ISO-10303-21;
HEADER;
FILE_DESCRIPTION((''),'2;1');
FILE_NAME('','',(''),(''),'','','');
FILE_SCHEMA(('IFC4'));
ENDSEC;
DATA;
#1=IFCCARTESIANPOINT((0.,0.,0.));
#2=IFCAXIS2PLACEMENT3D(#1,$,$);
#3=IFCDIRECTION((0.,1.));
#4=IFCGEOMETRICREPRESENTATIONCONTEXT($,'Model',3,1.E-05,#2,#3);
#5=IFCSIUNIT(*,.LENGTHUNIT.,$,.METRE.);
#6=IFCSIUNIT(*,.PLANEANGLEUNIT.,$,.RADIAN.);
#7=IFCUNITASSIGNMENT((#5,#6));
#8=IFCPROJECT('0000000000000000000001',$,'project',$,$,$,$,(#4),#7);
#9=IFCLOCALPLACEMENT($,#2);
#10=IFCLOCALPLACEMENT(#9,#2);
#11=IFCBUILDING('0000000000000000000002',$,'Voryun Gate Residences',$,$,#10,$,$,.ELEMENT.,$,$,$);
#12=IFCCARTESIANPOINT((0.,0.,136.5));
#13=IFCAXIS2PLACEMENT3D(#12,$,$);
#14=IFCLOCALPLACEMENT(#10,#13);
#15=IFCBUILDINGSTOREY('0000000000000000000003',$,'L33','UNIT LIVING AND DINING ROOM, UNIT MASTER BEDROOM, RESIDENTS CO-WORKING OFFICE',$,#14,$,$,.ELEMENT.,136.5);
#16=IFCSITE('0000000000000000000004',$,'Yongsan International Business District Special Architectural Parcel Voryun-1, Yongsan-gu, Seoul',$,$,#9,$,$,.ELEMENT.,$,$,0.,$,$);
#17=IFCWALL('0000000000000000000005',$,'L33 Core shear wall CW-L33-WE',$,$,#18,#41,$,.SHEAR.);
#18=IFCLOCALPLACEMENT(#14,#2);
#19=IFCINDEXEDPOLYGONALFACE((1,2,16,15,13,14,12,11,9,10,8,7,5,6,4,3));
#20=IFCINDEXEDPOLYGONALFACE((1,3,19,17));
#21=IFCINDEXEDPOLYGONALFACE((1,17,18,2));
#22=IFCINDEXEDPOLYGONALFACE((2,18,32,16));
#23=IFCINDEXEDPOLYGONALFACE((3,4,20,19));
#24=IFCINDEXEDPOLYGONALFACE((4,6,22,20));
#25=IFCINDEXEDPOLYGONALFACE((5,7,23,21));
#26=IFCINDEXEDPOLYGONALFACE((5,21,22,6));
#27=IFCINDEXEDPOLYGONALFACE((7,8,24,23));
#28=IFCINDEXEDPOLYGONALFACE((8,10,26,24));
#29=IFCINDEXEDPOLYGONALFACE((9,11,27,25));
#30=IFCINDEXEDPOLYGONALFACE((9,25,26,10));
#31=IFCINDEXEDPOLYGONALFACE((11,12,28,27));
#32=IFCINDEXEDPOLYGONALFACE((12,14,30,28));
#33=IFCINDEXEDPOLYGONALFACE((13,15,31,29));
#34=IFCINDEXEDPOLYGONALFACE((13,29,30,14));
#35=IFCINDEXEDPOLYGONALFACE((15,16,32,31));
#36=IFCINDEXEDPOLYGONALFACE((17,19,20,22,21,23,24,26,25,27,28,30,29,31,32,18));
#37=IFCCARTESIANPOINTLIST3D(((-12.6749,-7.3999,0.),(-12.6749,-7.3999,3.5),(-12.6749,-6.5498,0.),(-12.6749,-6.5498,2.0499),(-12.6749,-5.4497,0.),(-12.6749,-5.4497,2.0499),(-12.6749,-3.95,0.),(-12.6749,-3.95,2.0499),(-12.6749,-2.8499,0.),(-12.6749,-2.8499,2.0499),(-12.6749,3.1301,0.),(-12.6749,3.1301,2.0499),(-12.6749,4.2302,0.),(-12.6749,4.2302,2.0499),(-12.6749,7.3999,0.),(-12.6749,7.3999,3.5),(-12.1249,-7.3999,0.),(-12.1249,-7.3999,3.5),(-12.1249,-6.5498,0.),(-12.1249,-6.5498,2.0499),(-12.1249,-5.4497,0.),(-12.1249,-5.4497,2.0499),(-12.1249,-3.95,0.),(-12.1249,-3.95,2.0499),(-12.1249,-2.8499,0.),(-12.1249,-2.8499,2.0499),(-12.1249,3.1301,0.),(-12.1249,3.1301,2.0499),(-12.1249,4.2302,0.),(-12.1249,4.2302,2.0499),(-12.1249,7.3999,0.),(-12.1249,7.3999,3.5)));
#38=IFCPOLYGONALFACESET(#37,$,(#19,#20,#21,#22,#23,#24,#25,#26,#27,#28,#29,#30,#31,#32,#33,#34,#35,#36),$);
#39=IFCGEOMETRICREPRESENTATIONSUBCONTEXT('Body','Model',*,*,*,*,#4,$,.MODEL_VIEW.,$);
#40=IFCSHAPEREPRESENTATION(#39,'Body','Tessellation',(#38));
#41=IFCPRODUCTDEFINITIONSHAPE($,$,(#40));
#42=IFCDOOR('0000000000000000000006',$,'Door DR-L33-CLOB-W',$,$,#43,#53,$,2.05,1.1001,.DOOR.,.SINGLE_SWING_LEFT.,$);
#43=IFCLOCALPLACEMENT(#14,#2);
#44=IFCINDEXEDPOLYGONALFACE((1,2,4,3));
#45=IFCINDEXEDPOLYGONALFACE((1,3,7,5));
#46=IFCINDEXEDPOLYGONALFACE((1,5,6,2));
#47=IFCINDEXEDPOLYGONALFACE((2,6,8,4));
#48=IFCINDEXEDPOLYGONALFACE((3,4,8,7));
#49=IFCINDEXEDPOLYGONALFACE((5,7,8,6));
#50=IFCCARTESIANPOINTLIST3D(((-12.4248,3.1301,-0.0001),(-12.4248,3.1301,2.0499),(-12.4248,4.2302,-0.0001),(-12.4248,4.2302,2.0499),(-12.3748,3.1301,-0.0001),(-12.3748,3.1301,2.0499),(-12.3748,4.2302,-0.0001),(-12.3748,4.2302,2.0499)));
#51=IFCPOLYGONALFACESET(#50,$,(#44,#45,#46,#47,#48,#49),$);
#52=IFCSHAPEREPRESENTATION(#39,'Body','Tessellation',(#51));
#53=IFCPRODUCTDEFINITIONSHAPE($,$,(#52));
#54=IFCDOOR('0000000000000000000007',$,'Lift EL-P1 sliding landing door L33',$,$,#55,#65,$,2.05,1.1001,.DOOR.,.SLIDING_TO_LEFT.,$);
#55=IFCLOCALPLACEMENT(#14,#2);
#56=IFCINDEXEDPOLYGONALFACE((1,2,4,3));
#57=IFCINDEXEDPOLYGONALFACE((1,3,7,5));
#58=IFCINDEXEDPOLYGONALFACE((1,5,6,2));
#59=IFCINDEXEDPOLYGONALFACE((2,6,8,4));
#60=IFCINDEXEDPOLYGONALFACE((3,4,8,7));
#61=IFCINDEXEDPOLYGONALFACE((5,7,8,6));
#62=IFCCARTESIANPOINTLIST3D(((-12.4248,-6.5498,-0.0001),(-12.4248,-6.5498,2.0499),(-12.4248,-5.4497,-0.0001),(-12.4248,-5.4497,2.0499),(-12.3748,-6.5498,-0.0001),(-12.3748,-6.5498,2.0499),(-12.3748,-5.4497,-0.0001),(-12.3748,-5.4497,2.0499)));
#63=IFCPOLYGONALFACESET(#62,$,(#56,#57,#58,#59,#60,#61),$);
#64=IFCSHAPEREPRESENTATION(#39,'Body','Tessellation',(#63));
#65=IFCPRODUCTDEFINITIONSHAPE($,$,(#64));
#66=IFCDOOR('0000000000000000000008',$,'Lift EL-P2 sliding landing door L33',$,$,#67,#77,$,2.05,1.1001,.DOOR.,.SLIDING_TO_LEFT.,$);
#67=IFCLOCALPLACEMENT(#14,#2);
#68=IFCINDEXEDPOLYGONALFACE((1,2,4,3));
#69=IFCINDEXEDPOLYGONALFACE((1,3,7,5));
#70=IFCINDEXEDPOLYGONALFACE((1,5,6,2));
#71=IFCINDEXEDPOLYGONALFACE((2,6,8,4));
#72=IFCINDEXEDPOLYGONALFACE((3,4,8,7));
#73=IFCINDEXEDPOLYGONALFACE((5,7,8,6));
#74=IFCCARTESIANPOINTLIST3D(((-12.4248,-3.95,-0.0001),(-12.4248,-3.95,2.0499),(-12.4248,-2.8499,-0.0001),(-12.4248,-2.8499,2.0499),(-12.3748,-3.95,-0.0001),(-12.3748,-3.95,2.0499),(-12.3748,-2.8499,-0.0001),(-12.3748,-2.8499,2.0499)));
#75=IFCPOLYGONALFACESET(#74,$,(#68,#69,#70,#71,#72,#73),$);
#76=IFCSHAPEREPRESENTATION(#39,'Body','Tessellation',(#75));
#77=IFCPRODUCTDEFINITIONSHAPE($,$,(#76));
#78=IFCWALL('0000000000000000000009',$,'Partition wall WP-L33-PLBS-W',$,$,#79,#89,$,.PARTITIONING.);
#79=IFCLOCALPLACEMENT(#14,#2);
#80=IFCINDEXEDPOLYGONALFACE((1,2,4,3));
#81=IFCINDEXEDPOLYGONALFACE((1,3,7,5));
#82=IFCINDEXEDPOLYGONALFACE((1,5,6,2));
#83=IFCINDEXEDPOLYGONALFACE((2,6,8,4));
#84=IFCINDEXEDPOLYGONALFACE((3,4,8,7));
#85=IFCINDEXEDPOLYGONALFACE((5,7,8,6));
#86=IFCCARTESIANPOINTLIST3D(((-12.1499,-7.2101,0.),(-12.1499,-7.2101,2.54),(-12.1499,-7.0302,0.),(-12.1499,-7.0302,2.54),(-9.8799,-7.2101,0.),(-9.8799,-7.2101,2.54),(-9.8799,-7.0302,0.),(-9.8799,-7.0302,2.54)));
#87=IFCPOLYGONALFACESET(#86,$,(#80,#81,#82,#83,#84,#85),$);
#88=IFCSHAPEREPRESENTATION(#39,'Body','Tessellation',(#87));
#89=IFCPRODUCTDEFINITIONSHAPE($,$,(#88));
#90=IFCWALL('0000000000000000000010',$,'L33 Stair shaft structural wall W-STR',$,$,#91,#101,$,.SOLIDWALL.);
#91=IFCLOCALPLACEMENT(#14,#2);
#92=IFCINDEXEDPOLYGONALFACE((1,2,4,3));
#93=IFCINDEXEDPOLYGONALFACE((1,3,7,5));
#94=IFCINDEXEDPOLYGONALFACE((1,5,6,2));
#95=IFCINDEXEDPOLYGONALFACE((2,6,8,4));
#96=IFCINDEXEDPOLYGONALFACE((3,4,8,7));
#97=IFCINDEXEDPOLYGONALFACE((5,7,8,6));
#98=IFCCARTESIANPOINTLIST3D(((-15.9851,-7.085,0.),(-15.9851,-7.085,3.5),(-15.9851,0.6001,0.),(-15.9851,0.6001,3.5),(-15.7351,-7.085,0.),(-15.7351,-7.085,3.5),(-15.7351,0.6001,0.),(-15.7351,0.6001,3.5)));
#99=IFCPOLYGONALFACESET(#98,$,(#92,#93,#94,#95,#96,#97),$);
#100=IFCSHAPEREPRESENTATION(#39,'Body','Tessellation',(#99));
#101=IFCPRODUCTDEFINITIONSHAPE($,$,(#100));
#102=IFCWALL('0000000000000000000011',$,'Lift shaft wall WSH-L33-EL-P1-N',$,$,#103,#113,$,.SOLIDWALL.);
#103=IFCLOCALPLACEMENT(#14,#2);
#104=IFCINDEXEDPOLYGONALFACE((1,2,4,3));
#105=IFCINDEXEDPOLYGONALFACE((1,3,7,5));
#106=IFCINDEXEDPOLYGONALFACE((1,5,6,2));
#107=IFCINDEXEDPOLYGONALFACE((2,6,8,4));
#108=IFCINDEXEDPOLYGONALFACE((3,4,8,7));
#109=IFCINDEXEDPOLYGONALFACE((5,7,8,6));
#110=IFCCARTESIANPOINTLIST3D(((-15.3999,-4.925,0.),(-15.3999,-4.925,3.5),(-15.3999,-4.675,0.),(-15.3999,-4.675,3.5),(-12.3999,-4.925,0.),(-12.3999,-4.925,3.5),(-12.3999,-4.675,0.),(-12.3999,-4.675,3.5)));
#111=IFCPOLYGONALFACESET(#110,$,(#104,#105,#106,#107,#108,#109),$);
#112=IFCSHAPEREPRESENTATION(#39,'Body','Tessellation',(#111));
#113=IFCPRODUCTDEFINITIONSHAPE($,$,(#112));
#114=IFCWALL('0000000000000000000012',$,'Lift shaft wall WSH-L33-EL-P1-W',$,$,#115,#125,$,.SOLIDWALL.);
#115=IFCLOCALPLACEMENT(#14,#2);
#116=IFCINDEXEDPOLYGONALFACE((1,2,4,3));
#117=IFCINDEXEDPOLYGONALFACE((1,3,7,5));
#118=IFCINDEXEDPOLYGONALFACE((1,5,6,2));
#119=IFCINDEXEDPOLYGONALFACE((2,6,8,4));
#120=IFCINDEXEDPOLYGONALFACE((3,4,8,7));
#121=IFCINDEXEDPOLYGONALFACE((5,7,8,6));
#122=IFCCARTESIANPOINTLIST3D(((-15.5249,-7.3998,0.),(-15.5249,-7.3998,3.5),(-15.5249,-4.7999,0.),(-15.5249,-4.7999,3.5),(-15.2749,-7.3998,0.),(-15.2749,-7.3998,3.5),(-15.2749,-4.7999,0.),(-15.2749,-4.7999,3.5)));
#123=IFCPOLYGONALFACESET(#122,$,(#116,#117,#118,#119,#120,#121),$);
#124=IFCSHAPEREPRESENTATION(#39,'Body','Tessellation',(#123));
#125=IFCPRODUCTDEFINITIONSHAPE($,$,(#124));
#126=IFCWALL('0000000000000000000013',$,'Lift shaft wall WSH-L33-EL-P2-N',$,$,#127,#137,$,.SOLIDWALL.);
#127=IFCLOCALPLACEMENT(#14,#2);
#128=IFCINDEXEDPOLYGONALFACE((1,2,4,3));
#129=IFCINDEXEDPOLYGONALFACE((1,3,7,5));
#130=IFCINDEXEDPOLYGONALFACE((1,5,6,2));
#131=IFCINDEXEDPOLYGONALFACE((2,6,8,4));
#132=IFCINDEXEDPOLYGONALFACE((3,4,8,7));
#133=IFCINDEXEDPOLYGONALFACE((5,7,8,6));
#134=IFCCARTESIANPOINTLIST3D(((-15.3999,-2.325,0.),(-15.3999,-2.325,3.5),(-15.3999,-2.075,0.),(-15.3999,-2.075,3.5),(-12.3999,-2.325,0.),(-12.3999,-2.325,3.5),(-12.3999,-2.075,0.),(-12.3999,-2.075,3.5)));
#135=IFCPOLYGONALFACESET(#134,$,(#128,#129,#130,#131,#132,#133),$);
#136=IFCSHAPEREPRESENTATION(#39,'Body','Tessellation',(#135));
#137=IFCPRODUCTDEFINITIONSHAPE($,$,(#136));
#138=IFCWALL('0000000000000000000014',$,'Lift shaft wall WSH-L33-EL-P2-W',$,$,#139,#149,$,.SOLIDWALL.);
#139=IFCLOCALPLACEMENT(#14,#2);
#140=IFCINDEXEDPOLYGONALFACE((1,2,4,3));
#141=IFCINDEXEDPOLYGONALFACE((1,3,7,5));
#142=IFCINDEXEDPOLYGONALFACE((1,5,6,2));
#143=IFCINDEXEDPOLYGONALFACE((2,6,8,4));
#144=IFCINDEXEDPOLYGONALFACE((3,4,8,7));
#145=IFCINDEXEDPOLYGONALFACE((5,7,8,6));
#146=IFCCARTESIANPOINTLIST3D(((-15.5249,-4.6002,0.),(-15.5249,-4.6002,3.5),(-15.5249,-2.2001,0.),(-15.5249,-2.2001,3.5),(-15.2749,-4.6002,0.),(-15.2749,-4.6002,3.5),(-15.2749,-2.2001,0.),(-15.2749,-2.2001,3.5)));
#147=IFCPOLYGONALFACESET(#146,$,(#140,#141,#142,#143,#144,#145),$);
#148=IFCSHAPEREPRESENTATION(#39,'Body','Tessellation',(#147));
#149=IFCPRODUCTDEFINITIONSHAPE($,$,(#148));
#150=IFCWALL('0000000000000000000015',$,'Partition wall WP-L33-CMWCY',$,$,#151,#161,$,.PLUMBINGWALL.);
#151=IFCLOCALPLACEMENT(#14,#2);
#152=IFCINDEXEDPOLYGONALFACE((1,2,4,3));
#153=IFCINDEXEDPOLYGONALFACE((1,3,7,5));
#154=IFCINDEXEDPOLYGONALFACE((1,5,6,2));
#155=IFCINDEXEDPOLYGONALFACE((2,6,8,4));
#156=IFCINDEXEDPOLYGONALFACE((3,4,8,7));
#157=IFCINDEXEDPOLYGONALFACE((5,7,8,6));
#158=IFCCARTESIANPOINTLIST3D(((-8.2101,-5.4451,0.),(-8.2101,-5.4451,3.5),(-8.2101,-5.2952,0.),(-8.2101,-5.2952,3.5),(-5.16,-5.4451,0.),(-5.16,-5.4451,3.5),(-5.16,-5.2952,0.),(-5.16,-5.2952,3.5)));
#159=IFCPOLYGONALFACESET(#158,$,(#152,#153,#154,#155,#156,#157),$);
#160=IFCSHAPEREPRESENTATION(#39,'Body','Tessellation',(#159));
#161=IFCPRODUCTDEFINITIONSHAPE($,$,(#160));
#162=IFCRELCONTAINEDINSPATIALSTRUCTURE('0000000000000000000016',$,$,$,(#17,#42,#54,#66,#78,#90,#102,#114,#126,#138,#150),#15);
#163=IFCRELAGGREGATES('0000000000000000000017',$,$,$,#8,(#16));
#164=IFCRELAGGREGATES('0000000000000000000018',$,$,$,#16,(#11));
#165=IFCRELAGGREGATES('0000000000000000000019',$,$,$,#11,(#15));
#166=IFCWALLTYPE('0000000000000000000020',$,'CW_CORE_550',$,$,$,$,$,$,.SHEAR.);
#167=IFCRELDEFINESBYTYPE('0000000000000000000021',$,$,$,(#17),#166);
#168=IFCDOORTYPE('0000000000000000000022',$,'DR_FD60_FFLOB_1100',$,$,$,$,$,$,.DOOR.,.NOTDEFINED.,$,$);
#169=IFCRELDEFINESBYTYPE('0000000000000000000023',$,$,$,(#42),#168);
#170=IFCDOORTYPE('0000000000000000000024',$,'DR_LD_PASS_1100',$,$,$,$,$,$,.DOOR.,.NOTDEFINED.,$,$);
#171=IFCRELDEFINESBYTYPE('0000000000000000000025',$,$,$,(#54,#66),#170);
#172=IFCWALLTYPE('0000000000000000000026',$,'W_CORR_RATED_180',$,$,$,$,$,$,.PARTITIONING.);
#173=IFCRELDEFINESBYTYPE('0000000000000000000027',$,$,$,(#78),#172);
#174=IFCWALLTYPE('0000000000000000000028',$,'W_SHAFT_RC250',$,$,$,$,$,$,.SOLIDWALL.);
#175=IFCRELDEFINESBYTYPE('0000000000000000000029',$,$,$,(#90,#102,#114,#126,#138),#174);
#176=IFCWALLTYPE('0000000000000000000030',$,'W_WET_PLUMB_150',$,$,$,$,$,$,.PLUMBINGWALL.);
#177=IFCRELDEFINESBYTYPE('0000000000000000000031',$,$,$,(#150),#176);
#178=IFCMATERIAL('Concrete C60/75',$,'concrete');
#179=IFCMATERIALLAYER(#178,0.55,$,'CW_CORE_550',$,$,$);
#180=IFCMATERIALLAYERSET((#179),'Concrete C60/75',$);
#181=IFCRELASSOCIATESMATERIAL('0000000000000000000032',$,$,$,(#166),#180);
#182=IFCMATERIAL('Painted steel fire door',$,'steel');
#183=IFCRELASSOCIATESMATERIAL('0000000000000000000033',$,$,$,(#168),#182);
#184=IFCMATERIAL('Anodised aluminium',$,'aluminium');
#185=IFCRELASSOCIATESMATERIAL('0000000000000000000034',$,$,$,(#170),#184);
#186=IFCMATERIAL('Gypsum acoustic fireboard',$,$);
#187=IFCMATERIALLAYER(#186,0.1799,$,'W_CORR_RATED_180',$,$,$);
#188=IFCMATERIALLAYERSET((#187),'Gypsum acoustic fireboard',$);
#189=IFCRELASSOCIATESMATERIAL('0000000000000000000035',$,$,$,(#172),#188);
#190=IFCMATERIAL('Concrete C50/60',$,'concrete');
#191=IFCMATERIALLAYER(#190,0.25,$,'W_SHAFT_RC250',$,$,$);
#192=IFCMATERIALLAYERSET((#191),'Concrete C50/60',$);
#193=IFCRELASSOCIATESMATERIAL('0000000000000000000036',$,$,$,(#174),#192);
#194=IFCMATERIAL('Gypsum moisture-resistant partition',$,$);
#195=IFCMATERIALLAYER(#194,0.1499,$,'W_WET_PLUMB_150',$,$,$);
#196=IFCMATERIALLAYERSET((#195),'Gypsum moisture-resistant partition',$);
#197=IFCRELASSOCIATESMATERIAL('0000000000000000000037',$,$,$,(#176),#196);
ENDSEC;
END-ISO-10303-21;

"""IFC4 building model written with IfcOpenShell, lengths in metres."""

from ifc_helpers import new_model, si_unit, direction, frame, frame_2d, origin, place, context, subcontext, project, spatial, rectangle, extrude, material, layer, layer_set, type_object, element, fill, save


model = new_model("IFC4")

# Units and contexts
model_context = context("Model", 3, precision=1e-05, world=origin(), true_north=direction((0.0, 1.0)))
body_context = subcontext(model_context, "Body", "Model", "MODEL_VIEW")
ifc_project = project(units=[si_unit("LENGTHUNIT", "METRE"), si_unit("PLANEANGLEUNIT", "RADIAN")], contexts=[model_context])

# Site, building, storey
site_placement = place(None, origin())
site = spatial("IfcSite", under=ifc_project, at=site_placement, Name="Yongsan International Business District Special Architectural Parcel Voryun-1, Yongsan-gu, Seoul", CompositionType="ELEMENT", RefElevation=0.0)
building_placement = place(site_placement, origin())
building = spatial("IfcBuilding", under=site, at=building_placement, Name="Voryun Gate Residences", CompositionType="ELEMENT")
storey_placement = place(building_placement, frame((0.0, 0.0, 136.5)))
storey = spatial("IfcBuildingStorey", under=building, at=storey_placement, Name="L33", Description="UNIT LIVING AND DINING ROOM, UNIT MASTER BEDROOM, RESIDENTS CO-WORKING OFFICE", CompositionType="ELEMENT", Elevation=136.5)

# Wall, openings, doors
ifc_material_1 = material(Name="Concrete C60/75", Category="concrete")
ifc_layer_1 = layer(ifc_material_1, 0.55, Name="CW_CORE_550")
ifc_layer_set_1 = layer_set([ifc_layer_1], Name="Concrete C60/75")
wall_type_1 = type_object("IfcWallType", Name="CW_CORE_550", PredefinedType="SHEAR", material=ifc_layer_set_1)
wall_1_placement = place(storey_placement, frame((-12.3999, -7.3999, 0.0), z_axis=(0.0, 0.0, 1.0), x_axis=(0.0, 1.0, 0.0)))
wall_1 = element("IfcWall", 1, at=wall_1_placement, inside=storey, type_object=wall_type_1, Name="L33 Core shear wall CW-L33-WE", PredefinedType="SHEAR", context=body_context, shape_type="SweptSolid", body=[
    extrude(rectangle(XDim=14.7998, YDim=0.55, at=frame_2d((7.3999, 0.0))), origin(), (0.0, 0.0, 1.0), 3.5),
])
opening_1_placement = place(wall_1_placement, frame((0.8501, 0.0, 0.0)))
opening_1 = element("IfcOpeningElement", 2, at=opening_1_placement, cuts=wall_1, PredefinedType="OPENING", context=body_context, shape_type="SweptSolid", body=[
    extrude(rectangle(XDim=1.1001, YDim=2.05, at=frame_2d((0.55, 1.0249))), frame((0.0, 0.2849, 0.0), z_axis=(0.0, -1.0, 0.0), x_axis=(1.0, 0.0, 0.0)), (0.0, 0.0, 1.0), 0.5701),
])
opening_2_placement = place(wall_1_placement, frame((3.45, 0.0, 0.0)))
opening_2 = element("IfcOpeningElement", 3, at=opening_2_placement, cuts=wall_1, PredefinedType="OPENING", context=body_context, shape_type="SweptSolid", body=[
    extrude(rectangle(XDim=1.1001, YDim=2.05, at=frame_2d((0.55, 1.0249))), frame((0.0, 0.2849, 0.0), z_axis=(0.0, -1.0, 0.0), x_axis=(1.0, 0.0, 0.0)), (0.0, 0.0, 1.0), 0.5701),
])
opening_3_placement = place(wall_1_placement, frame((10.53, 0.0, 0.0)))
opening_3 = element("IfcOpeningElement", 4, at=opening_3_placement, cuts=wall_1, PredefinedType="OPENING", context=body_context, shape_type="SweptSolid", body=[
    extrude(rectangle(XDim=1.1001, YDim=2.05, at=frame_2d((0.55, 1.0249))), frame((0.0, 0.2849, 0.0), z_axis=(0.0, -1.0, 0.0), x_axis=(1.0, 0.0, 0.0)), (0.0, 0.0, 1.0), 0.5701),
])
ifc_material_2 = material(Name="Painted steel fire door", Category="steel")
door_type_1 = type_object("IfcDoorType", Name="DR_FD60_FFLOB_1100", OperationType="NOTDEFINED", PredefinedType="DOOR", material=ifc_material_2)
door_1_placement = place(opening_3_placement, origin())
door_1 = element("IfcDoor", 5, at=door_1_placement, inside=storey, type_object=door_type_1, Name="Door DR-L33-CLOB-W", OperationType="SINGLE_SWING_LEFT", OverallHeight=2.05, OverallWidth=1.1001, PredefinedType="DOOR", context=body_context, shape_type="SweptSolid", body=[
    extrude(rectangle(XDim=1.1001, YDim=2.05, at=frame_2d((0.55, 1.0249))), frame((0.0, 0.0249, 0.0), z_axis=(0.0, -1.0, 0.0), x_axis=(1.0, 0.0, 0.0)), (0.0, 0.0, 1.0), 0.05),
])
fill(opening_3, door_1)
ifc_material_3 = material(Name="Anodised aluminium", Category="aluminium")
door_type_2 = type_object("IfcDoorType", Name="DR_LD_PASS_1100", OperationType="NOTDEFINED", PredefinedType="DOOR", material=ifc_material_3)
door_2_placement = place(opening_1_placement, origin())
door_2 = element("IfcDoor", 6, at=door_2_placement, inside=storey, type_object=door_type_2, Name="Lift EL-P1 sliding landing door L33", OperationType="SLIDING_TO_LEFT", OverallHeight=2.05, OverallWidth=1.1001, PredefinedType="DOOR", context=body_context, shape_type="SweptSolid", body=[
    extrude(rectangle(XDim=1.1001, YDim=2.05, at=frame_2d((0.55, 1.0249))), frame((0.0, 0.0249, 0.0), z_axis=(0.0, -1.0, 0.0), x_axis=(1.0, 0.0, 0.0)), (0.0, 0.0, 1.0), 0.05),
])
fill(opening_1, door_2)
door_3_placement = place(opening_2_placement, origin())
door_3 = element("IfcDoor", 7, at=door_3_placement, inside=storey, type_object=door_type_2, Name="Lift EL-P2 sliding landing door L33", OperationType="SLIDING_TO_LEFT", OverallHeight=2.05, OverallWidth=1.1001, PredefinedType="DOOR", context=body_context, shape_type="SweptSolid", body=[
    extrude(rectangle(XDim=1.1001, YDim=2.05, at=frame_2d((0.55, 1.0249))), frame((0.0, 0.0249, 0.0), z_axis=(0.0, -1.0, 0.0), x_axis=(1.0, 0.0, 0.0)), (0.0, 0.0, 1.0), 0.05),
])
fill(opening_2, door_3)

# Walls
ifc_material_4 = material(Name="Gypsum acoustic fireboard")
ifc_layer_2 = layer(ifc_material_4, 0.1799, Name="W_CORR_RATED_180")
ifc_layer_set_2 = layer_set([ifc_layer_2], Name="Gypsum acoustic fireboard")
wall_type_2 = type_object("IfcWallType", Name="W_CORR_RATED_180", PredefinedType="PARTITIONING", material=ifc_layer_set_2)
wall_2_placement = place(storey_placement, frame((-12.1499, -7.1201, 0.0), z_axis=(0.0, 0.0, 1.0), x_axis=(1.0, 0.0, 0.0)))
element("IfcWall", 8, at=wall_2_placement, inside=storey, type_object=wall_type_2, Name="Partition wall WP-L33-PLBS-W", PredefinedType="PARTITIONING", context=body_context, shape_type="SweptSolid", body=[
    extrude(rectangle(XDim=2.27, YDim=0.1799, at=frame_2d((1.135, 0.0))), origin(), (0.0, 0.0, 1.0), 2.54),
])
ifc_material_5 = material(Name="Concrete C50/60", Category="concrete")
ifc_layer_3 = layer(ifc_material_5, 0.25, Name="W_SHAFT_RC250")
ifc_layer_set_3 = layer_set([ifc_layer_3], Name="Concrete C50/60")
wall_type_3 = type_object("IfcWallType", Name="W_SHAFT_RC250", PredefinedType="SOLIDWALL", material=ifc_layer_set_3)
wall_3_placement = place(storey_placement, frame((-15.8601, -7.085, 0.0), z_axis=(0.0, 0.0, 1.0), x_axis=(0.0, 1.0, 0.0)))
element("IfcWall", 9, at=wall_3_placement, inside=storey, type_object=wall_type_3, Name="L33 Stair shaft structural wall W-STR", PredefinedType="SOLIDWALL", context=body_context, shape_type="SweptSolid", body=[
    extrude(rectangle(XDim=7.6851, YDim=0.25, at=frame_2d((3.8425, 0.0))), origin(), (0.0, 0.0, 1.0), 3.5),
])
wall_4_placement = place(storey_placement, frame((-12.3999, -4.8, 0.0), z_axis=(0.0, 0.0, 1.0), x_axis=(-1.0, 0.0, 0.0)))
element("IfcWall", 10, at=wall_4_placement, inside=storey, type_object=wall_type_3, Name="Lift shaft wall WSH-L33-EL-P1-N", PredefinedType="SOLIDWALL", context=body_context, shape_type="SweptSolid", body=[
    extrude(rectangle(XDim=3.0, YDim=0.25, at=frame_2d((1.5, 0.0))), origin(), (0.0, 0.0, 1.0), 3.5),
])
wall_5_placement = place(storey_placement, frame((-15.3999, -4.8, 0.0), z_axis=(0.0, 0.0, 1.0), x_axis=(0.0, -1.0, 0.0)))
element("IfcWall", 11, at=wall_5_placement, inside=storey, type_object=wall_type_3, Name="Lift shaft wall WSH-L33-EL-P1-W", PredefinedType="SOLIDWALL", context=body_context, shape_type="SweptSolid", body=[
    extrude(rectangle(XDim=2.5999, YDim=0.25, at=frame_2d((1.2998, 0.0))), origin(), (0.0, 0.0, 1.0), 3.5),
])
wall_6_placement = place(storey_placement, frame((-12.3999, -2.2, 0.0), z_axis=(0.0, 0.0, 1.0), x_axis=(-1.0, 0.0, 0.0)))
element("IfcWall", 12, at=wall_6_placement, inside=storey, type_object=wall_type_3, Name="Lift shaft wall WSH-L33-EL-P2-N", PredefinedType="SOLIDWALL", context=body_context, shape_type="SweptSolid", body=[
    extrude(rectangle(XDim=3.0, YDim=0.25, at=frame_2d((1.5, 0.0))), origin(), (0.0, 0.0, 1.0), 3.5),
])
wall_7_placement = place(storey_placement, frame((-15.3999, -2.2, 0.0), z_axis=(0.0, 0.0, 1.0), x_axis=(0.0, -1.0, 0.0)))
element("IfcWall", 13, at=wall_7_placement, inside=storey, type_object=wall_type_3, Name="Lift shaft wall WSH-L33-EL-P2-W", PredefinedType="SOLIDWALL", context=body_context, shape_type="SweptSolid", body=[
    extrude(rectangle(XDim=2.4001, YDim=0.25, at=frame_2d((1.2002, 0.0))), origin(), (0.0, 0.0, 1.0), 3.5),
])
ifc_material_6 = material(Name="Gypsum moisture-resistant partition")
ifc_layer_4 = layer(ifc_material_6, 0.1499, Name="W_WET_PLUMB_150")
ifc_layer_set_4 = layer_set([ifc_layer_4], Name="Gypsum moisture-resistant partition")
wall_type_4 = type_object("IfcWallType", Name="W_WET_PLUMB_150", PredefinedType="PLUMBINGWALL", material=ifc_layer_set_4)
wall_8_placement = place(storey_placement, frame((-8.21, -5.3701, 0.0), z_axis=(0.0, 0.0, 1.0), x_axis=(1.0, 0.0, 0.0)))
element("IfcWall", 14, at=wall_8_placement, inside=storey, type_object=wall_type_4, Name="Partition wall WP-L33-CMWCY", PredefinedType="PLUMBINGWALL", context=body_context, shape_type="SweptSolid", body=[
    extrude(rectangle(XDim=3.05, YDim=0.1499, at=frame_2d((1.5249, 0.0))), origin(), (0.0, 0.0, 1.0), 3.5),
])

save(model, "model.ifc")
